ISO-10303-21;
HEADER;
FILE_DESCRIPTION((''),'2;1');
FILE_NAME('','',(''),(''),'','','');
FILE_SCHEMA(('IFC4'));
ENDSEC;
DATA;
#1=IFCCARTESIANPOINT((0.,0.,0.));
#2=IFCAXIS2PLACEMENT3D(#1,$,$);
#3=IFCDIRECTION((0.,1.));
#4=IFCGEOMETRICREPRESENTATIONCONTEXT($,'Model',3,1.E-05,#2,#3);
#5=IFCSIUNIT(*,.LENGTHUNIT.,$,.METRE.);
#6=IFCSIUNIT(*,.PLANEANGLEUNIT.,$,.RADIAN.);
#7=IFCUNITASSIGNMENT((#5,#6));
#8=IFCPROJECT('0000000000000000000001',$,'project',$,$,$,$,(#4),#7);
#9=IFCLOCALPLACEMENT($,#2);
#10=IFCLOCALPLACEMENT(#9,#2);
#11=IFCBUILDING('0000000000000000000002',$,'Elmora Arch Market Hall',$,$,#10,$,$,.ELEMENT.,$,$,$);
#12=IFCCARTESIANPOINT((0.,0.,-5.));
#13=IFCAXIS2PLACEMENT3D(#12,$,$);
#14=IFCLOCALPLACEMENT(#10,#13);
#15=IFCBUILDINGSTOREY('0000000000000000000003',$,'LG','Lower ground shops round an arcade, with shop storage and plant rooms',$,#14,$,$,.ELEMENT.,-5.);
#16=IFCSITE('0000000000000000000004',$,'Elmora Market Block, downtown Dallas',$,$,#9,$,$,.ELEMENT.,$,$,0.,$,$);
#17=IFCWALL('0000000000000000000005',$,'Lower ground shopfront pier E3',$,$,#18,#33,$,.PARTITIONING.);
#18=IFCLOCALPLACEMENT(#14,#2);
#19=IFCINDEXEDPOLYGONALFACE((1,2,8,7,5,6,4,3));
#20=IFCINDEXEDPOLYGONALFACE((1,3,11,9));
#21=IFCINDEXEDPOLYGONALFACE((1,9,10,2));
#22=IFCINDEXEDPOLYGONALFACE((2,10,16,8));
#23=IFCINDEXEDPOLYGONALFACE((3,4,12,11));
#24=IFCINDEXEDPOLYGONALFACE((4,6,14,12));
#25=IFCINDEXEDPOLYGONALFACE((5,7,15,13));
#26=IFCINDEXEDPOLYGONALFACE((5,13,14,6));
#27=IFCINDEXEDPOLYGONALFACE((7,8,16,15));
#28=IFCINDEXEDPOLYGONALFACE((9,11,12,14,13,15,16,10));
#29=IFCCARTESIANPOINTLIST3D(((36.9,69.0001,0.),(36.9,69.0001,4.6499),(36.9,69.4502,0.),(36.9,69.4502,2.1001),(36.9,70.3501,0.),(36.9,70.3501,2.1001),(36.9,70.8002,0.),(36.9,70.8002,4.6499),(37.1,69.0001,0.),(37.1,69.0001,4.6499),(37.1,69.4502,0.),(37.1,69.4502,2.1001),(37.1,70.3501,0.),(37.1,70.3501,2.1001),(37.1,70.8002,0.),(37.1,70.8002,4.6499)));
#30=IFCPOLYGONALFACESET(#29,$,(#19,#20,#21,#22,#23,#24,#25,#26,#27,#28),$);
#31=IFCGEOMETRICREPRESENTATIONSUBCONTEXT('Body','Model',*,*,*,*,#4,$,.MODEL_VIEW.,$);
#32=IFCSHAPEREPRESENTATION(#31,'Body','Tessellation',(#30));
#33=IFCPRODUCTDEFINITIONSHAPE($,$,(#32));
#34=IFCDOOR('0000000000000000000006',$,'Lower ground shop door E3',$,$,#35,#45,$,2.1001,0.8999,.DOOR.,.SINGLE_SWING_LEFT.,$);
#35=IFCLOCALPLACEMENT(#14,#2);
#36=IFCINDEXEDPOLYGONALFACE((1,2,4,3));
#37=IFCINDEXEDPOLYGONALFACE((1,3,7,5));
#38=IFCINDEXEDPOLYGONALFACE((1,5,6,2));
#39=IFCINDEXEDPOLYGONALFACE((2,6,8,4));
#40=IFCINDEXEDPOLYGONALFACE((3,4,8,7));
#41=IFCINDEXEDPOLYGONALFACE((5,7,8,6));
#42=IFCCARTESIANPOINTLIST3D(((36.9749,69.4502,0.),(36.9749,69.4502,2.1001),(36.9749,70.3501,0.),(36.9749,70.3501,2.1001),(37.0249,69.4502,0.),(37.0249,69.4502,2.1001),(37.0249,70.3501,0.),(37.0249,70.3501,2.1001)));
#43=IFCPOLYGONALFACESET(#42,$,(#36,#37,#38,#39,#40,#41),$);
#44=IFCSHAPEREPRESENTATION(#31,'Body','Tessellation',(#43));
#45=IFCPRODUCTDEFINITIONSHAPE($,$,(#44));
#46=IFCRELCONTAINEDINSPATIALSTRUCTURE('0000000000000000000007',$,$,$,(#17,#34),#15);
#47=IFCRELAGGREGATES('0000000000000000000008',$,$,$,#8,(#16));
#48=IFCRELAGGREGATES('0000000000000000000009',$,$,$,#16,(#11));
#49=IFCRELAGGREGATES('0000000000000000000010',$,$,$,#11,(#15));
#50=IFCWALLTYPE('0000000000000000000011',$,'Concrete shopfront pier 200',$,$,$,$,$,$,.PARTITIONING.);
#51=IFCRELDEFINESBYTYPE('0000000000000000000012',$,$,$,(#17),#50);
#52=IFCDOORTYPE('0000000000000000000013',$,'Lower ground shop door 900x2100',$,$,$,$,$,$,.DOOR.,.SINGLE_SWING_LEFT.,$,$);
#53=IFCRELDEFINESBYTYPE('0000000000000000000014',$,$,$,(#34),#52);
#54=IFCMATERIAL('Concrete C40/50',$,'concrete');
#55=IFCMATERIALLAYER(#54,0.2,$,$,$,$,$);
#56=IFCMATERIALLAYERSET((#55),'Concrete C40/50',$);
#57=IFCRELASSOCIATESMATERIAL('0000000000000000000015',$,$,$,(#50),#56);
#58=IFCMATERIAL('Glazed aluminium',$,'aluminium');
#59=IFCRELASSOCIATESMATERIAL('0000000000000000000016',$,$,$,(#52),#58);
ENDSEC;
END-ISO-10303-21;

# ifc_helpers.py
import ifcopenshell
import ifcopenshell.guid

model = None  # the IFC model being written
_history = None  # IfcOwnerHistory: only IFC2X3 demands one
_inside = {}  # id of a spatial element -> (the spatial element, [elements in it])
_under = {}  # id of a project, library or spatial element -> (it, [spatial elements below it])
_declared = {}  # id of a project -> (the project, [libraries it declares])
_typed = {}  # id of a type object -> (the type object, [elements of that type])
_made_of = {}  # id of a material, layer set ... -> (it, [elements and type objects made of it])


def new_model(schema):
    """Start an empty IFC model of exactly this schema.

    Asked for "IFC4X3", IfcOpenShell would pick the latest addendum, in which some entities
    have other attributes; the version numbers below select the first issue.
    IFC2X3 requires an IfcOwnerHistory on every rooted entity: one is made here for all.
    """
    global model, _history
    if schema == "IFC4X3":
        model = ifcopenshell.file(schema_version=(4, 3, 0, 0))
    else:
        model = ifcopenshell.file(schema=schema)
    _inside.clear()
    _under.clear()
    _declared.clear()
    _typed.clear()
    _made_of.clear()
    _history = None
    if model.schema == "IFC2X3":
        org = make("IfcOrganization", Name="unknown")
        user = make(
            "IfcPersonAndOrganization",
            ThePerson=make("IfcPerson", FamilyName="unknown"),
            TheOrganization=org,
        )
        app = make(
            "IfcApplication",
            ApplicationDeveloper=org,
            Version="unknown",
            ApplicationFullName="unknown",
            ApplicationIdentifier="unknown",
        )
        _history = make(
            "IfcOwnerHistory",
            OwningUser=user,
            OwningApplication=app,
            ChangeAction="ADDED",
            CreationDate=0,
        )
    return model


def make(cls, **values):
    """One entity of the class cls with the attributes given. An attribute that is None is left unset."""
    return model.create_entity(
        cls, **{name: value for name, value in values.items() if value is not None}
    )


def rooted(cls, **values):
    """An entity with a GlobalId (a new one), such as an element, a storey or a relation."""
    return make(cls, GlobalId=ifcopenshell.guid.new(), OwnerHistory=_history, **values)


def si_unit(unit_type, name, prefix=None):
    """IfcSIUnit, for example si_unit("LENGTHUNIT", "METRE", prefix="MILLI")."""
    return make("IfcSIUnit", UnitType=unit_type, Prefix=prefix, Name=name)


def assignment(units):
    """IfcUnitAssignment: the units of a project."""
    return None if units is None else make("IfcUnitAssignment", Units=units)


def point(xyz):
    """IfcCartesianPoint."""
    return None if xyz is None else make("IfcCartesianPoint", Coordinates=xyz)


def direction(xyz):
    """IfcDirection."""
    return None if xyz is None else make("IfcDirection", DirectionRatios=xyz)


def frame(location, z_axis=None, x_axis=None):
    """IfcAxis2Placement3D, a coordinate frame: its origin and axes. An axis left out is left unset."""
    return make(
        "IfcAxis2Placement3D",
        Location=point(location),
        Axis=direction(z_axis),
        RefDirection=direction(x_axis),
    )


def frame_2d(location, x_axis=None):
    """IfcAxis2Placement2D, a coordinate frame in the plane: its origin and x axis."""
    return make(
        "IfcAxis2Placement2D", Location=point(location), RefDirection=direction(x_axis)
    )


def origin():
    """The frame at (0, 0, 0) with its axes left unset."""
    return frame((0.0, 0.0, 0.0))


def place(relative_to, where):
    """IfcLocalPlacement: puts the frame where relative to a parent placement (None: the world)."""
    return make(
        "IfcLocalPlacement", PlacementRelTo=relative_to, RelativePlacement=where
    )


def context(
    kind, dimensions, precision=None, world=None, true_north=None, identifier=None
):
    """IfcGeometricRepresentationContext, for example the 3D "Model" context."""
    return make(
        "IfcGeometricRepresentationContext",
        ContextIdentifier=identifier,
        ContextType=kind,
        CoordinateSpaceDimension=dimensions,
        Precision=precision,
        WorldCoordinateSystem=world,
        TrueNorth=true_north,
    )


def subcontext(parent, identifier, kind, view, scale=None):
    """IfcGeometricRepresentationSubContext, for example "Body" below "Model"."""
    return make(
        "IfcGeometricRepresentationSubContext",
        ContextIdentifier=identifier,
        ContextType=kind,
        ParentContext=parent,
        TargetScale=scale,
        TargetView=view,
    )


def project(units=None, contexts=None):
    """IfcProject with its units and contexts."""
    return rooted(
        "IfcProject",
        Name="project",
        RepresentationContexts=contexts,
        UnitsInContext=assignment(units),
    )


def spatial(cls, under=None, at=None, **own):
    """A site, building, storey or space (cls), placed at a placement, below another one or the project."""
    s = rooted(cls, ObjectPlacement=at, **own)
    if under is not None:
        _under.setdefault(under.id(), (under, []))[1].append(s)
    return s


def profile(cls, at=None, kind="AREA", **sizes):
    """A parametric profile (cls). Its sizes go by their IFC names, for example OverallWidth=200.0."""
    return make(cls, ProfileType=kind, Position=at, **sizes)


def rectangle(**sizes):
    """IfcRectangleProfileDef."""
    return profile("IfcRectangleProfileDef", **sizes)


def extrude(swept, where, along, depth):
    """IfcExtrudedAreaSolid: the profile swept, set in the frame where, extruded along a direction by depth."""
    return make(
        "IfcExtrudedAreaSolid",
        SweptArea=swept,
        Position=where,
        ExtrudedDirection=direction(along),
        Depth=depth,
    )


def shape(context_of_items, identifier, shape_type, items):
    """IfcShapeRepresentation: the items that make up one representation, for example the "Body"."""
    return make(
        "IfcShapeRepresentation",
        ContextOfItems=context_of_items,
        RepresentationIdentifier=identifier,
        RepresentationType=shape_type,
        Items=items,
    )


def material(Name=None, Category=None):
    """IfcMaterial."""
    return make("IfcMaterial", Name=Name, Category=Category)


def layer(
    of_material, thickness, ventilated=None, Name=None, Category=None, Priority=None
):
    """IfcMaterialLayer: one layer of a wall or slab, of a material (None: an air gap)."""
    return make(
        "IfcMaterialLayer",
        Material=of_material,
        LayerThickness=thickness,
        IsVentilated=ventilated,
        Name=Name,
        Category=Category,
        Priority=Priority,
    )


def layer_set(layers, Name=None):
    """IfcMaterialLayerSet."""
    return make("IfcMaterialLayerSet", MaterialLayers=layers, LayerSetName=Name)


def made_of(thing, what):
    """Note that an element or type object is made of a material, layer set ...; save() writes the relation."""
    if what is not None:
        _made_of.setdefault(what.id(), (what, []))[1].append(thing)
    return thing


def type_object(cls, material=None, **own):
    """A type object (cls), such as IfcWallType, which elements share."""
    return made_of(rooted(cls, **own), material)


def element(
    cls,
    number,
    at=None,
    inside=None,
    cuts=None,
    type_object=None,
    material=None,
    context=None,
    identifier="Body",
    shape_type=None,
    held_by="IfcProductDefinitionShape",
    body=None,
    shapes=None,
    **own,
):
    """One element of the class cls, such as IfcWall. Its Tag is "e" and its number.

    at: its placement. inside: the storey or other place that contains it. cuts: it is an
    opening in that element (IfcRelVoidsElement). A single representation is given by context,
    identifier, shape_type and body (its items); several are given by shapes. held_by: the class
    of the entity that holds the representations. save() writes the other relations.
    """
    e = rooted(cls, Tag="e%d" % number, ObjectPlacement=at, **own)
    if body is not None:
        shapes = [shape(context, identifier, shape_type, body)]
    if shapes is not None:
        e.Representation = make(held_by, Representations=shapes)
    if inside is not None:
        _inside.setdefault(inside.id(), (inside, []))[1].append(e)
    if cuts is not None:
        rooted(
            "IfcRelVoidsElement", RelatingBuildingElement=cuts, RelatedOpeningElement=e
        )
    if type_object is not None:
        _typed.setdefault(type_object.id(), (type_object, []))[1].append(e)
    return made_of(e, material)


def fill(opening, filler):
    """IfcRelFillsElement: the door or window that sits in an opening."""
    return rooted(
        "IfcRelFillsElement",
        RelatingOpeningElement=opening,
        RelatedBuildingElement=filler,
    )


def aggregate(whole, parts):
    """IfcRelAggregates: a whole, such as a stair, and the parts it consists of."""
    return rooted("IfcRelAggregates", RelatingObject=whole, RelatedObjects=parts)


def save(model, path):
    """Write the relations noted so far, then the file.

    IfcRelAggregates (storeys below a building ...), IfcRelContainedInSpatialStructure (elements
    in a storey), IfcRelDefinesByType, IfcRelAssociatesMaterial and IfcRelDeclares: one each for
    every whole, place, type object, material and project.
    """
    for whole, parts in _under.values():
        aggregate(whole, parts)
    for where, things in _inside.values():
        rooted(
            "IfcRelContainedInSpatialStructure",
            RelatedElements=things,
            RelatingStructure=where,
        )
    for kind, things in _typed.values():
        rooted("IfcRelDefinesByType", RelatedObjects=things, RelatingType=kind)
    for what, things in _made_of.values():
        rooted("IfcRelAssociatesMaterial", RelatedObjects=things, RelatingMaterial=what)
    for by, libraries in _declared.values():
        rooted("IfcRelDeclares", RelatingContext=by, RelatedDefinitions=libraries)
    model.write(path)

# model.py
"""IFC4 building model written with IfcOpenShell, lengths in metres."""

from ifc_helpers import new_model, si_unit, direction, frame, frame_2d, origin, place, context, subcontext, project, spatial, rectangle, extrude, material, layer, layer_set, type_object, element, fill, save


model = new_model("IFC4")

# Units and contexts
model_context = context("Model", 3, precision=1e-05, world=origin(), true_north=direction((0.0, 1.0)))
body_context = subcontext(model_context, "Body", "Model", "MODEL_VIEW")
ifc_project = project(units=[si_unit("LENGTHUNIT", "METRE"), si_unit("PLANEANGLEUNIT", "RADIAN")], contexts=[model_context])

# Site, building, storey
site_placement = place(None, origin())
site = spatial("IfcSite", under=ifc_project, at=site_placement, Name="Elmora Market Block, downtown Dallas", CompositionType="ELEMENT", RefElevation=0.0)
building_placement = place(site_placement, origin())
building = spatial("IfcBuilding", under=site, at=building_placement, Name="Elmora Arch Market Hall", CompositionType="ELEMENT")
storey_placement = place(building_placement, frame((0.0, 0.0, -5.0)))
storey = spatial("IfcBuildingStorey", under=building, at=storey_placement, Name="LG", Description="Lower ground shops round an arcade, with shop storage and plant rooms", CompositionType="ELEMENT", Elevation=-5.0)

# Wall, opening, door
ifc_material_1 = material(Name="Concrete C40/50", Category="concrete")
ifc_layer_1 = layer(ifc_material_1, 0.2)
ifc_layer_set_1 = layer_set([ifc_layer_1], Name="Concrete C40/50")
wall_type = type_object("IfcWallType", Name="Concrete shopfront pier 200", PredefinedType="PARTITIONING", material=ifc_layer_set_1)
ifc_material_2 = material(Name="Glazed aluminium", Category="aluminium")
door_type = type_object("IfcDoorType", Name="Lower ground shop door 900x2100", OperationType="SINGLE_SWING_LEFT", PredefinedType="DOOR", material=ifc_material_2)
wall_1_placement = place(storey_placement, frame((37.0, 70.8, 0.0), z_axis=(0.0, 0.0, 1.0), x_axis=(0.0, -1.0, 0.0)))
wall_1 = element("IfcWall", 1, at=wall_1_placement, inside=storey, type_object=wall_type, Name="Lower ground shopfront pier E3", PredefinedType="PARTITIONING", context=body_context, shape_type="SweptSolid", body=[
    extrude(rectangle(XDim=1.8, YDim=0.2, at=frame_2d((0.8999, 0.0))), origin(), (0.0, 0.0, 1.0), 4.6499),
])
opening_1_placement = place(wall_1_placement, frame((0.45, 0.0, 0.0)))
opening_1 = element("IfcOpeningElement", 2, at=opening_1_placement, cuts=wall_1, PredefinedType="OPENING", context=body_context, shape_type="SweptSolid", body=[
    extrude(rectangle(XDim=0.8999, YDim=2.1001, at=frame_2d((0.45, 1.05))), frame((0.0, 0.1099, 0.0), z_axis=(0.0, -1.0, 0.0), x_axis=(1.0, 0.0, 0.0)), (0.0, 0.0, 1.0), 0.22),
])
door_1_placement = place(opening_1_placement, origin())
door_1 = element("IfcDoor", 3, at=door_1_placement, inside=storey, type_object=door_type, Name="Lower ground shop door E3", OperationType="SINGLE_SWING_LEFT", OverallHeight=2.1001, OverallWidth=0.8999, PredefinedType="DOOR", context=body_context, shape_type="SweptSolid", body=[
    extrude(rectangle(XDim=0.8999, YDim=2.1001, at=frame_2d((0.45, 1.05))), frame((0.0, 0.0249, 0.0), z_axis=(0.0, -1.0, 0.0), x_axis=(1.0, 0.0, 0.0)), (0.0, 0.0, 1.0), 0.05),
])
fill(opening_1, door_1)

save(model, "model.ifc")
